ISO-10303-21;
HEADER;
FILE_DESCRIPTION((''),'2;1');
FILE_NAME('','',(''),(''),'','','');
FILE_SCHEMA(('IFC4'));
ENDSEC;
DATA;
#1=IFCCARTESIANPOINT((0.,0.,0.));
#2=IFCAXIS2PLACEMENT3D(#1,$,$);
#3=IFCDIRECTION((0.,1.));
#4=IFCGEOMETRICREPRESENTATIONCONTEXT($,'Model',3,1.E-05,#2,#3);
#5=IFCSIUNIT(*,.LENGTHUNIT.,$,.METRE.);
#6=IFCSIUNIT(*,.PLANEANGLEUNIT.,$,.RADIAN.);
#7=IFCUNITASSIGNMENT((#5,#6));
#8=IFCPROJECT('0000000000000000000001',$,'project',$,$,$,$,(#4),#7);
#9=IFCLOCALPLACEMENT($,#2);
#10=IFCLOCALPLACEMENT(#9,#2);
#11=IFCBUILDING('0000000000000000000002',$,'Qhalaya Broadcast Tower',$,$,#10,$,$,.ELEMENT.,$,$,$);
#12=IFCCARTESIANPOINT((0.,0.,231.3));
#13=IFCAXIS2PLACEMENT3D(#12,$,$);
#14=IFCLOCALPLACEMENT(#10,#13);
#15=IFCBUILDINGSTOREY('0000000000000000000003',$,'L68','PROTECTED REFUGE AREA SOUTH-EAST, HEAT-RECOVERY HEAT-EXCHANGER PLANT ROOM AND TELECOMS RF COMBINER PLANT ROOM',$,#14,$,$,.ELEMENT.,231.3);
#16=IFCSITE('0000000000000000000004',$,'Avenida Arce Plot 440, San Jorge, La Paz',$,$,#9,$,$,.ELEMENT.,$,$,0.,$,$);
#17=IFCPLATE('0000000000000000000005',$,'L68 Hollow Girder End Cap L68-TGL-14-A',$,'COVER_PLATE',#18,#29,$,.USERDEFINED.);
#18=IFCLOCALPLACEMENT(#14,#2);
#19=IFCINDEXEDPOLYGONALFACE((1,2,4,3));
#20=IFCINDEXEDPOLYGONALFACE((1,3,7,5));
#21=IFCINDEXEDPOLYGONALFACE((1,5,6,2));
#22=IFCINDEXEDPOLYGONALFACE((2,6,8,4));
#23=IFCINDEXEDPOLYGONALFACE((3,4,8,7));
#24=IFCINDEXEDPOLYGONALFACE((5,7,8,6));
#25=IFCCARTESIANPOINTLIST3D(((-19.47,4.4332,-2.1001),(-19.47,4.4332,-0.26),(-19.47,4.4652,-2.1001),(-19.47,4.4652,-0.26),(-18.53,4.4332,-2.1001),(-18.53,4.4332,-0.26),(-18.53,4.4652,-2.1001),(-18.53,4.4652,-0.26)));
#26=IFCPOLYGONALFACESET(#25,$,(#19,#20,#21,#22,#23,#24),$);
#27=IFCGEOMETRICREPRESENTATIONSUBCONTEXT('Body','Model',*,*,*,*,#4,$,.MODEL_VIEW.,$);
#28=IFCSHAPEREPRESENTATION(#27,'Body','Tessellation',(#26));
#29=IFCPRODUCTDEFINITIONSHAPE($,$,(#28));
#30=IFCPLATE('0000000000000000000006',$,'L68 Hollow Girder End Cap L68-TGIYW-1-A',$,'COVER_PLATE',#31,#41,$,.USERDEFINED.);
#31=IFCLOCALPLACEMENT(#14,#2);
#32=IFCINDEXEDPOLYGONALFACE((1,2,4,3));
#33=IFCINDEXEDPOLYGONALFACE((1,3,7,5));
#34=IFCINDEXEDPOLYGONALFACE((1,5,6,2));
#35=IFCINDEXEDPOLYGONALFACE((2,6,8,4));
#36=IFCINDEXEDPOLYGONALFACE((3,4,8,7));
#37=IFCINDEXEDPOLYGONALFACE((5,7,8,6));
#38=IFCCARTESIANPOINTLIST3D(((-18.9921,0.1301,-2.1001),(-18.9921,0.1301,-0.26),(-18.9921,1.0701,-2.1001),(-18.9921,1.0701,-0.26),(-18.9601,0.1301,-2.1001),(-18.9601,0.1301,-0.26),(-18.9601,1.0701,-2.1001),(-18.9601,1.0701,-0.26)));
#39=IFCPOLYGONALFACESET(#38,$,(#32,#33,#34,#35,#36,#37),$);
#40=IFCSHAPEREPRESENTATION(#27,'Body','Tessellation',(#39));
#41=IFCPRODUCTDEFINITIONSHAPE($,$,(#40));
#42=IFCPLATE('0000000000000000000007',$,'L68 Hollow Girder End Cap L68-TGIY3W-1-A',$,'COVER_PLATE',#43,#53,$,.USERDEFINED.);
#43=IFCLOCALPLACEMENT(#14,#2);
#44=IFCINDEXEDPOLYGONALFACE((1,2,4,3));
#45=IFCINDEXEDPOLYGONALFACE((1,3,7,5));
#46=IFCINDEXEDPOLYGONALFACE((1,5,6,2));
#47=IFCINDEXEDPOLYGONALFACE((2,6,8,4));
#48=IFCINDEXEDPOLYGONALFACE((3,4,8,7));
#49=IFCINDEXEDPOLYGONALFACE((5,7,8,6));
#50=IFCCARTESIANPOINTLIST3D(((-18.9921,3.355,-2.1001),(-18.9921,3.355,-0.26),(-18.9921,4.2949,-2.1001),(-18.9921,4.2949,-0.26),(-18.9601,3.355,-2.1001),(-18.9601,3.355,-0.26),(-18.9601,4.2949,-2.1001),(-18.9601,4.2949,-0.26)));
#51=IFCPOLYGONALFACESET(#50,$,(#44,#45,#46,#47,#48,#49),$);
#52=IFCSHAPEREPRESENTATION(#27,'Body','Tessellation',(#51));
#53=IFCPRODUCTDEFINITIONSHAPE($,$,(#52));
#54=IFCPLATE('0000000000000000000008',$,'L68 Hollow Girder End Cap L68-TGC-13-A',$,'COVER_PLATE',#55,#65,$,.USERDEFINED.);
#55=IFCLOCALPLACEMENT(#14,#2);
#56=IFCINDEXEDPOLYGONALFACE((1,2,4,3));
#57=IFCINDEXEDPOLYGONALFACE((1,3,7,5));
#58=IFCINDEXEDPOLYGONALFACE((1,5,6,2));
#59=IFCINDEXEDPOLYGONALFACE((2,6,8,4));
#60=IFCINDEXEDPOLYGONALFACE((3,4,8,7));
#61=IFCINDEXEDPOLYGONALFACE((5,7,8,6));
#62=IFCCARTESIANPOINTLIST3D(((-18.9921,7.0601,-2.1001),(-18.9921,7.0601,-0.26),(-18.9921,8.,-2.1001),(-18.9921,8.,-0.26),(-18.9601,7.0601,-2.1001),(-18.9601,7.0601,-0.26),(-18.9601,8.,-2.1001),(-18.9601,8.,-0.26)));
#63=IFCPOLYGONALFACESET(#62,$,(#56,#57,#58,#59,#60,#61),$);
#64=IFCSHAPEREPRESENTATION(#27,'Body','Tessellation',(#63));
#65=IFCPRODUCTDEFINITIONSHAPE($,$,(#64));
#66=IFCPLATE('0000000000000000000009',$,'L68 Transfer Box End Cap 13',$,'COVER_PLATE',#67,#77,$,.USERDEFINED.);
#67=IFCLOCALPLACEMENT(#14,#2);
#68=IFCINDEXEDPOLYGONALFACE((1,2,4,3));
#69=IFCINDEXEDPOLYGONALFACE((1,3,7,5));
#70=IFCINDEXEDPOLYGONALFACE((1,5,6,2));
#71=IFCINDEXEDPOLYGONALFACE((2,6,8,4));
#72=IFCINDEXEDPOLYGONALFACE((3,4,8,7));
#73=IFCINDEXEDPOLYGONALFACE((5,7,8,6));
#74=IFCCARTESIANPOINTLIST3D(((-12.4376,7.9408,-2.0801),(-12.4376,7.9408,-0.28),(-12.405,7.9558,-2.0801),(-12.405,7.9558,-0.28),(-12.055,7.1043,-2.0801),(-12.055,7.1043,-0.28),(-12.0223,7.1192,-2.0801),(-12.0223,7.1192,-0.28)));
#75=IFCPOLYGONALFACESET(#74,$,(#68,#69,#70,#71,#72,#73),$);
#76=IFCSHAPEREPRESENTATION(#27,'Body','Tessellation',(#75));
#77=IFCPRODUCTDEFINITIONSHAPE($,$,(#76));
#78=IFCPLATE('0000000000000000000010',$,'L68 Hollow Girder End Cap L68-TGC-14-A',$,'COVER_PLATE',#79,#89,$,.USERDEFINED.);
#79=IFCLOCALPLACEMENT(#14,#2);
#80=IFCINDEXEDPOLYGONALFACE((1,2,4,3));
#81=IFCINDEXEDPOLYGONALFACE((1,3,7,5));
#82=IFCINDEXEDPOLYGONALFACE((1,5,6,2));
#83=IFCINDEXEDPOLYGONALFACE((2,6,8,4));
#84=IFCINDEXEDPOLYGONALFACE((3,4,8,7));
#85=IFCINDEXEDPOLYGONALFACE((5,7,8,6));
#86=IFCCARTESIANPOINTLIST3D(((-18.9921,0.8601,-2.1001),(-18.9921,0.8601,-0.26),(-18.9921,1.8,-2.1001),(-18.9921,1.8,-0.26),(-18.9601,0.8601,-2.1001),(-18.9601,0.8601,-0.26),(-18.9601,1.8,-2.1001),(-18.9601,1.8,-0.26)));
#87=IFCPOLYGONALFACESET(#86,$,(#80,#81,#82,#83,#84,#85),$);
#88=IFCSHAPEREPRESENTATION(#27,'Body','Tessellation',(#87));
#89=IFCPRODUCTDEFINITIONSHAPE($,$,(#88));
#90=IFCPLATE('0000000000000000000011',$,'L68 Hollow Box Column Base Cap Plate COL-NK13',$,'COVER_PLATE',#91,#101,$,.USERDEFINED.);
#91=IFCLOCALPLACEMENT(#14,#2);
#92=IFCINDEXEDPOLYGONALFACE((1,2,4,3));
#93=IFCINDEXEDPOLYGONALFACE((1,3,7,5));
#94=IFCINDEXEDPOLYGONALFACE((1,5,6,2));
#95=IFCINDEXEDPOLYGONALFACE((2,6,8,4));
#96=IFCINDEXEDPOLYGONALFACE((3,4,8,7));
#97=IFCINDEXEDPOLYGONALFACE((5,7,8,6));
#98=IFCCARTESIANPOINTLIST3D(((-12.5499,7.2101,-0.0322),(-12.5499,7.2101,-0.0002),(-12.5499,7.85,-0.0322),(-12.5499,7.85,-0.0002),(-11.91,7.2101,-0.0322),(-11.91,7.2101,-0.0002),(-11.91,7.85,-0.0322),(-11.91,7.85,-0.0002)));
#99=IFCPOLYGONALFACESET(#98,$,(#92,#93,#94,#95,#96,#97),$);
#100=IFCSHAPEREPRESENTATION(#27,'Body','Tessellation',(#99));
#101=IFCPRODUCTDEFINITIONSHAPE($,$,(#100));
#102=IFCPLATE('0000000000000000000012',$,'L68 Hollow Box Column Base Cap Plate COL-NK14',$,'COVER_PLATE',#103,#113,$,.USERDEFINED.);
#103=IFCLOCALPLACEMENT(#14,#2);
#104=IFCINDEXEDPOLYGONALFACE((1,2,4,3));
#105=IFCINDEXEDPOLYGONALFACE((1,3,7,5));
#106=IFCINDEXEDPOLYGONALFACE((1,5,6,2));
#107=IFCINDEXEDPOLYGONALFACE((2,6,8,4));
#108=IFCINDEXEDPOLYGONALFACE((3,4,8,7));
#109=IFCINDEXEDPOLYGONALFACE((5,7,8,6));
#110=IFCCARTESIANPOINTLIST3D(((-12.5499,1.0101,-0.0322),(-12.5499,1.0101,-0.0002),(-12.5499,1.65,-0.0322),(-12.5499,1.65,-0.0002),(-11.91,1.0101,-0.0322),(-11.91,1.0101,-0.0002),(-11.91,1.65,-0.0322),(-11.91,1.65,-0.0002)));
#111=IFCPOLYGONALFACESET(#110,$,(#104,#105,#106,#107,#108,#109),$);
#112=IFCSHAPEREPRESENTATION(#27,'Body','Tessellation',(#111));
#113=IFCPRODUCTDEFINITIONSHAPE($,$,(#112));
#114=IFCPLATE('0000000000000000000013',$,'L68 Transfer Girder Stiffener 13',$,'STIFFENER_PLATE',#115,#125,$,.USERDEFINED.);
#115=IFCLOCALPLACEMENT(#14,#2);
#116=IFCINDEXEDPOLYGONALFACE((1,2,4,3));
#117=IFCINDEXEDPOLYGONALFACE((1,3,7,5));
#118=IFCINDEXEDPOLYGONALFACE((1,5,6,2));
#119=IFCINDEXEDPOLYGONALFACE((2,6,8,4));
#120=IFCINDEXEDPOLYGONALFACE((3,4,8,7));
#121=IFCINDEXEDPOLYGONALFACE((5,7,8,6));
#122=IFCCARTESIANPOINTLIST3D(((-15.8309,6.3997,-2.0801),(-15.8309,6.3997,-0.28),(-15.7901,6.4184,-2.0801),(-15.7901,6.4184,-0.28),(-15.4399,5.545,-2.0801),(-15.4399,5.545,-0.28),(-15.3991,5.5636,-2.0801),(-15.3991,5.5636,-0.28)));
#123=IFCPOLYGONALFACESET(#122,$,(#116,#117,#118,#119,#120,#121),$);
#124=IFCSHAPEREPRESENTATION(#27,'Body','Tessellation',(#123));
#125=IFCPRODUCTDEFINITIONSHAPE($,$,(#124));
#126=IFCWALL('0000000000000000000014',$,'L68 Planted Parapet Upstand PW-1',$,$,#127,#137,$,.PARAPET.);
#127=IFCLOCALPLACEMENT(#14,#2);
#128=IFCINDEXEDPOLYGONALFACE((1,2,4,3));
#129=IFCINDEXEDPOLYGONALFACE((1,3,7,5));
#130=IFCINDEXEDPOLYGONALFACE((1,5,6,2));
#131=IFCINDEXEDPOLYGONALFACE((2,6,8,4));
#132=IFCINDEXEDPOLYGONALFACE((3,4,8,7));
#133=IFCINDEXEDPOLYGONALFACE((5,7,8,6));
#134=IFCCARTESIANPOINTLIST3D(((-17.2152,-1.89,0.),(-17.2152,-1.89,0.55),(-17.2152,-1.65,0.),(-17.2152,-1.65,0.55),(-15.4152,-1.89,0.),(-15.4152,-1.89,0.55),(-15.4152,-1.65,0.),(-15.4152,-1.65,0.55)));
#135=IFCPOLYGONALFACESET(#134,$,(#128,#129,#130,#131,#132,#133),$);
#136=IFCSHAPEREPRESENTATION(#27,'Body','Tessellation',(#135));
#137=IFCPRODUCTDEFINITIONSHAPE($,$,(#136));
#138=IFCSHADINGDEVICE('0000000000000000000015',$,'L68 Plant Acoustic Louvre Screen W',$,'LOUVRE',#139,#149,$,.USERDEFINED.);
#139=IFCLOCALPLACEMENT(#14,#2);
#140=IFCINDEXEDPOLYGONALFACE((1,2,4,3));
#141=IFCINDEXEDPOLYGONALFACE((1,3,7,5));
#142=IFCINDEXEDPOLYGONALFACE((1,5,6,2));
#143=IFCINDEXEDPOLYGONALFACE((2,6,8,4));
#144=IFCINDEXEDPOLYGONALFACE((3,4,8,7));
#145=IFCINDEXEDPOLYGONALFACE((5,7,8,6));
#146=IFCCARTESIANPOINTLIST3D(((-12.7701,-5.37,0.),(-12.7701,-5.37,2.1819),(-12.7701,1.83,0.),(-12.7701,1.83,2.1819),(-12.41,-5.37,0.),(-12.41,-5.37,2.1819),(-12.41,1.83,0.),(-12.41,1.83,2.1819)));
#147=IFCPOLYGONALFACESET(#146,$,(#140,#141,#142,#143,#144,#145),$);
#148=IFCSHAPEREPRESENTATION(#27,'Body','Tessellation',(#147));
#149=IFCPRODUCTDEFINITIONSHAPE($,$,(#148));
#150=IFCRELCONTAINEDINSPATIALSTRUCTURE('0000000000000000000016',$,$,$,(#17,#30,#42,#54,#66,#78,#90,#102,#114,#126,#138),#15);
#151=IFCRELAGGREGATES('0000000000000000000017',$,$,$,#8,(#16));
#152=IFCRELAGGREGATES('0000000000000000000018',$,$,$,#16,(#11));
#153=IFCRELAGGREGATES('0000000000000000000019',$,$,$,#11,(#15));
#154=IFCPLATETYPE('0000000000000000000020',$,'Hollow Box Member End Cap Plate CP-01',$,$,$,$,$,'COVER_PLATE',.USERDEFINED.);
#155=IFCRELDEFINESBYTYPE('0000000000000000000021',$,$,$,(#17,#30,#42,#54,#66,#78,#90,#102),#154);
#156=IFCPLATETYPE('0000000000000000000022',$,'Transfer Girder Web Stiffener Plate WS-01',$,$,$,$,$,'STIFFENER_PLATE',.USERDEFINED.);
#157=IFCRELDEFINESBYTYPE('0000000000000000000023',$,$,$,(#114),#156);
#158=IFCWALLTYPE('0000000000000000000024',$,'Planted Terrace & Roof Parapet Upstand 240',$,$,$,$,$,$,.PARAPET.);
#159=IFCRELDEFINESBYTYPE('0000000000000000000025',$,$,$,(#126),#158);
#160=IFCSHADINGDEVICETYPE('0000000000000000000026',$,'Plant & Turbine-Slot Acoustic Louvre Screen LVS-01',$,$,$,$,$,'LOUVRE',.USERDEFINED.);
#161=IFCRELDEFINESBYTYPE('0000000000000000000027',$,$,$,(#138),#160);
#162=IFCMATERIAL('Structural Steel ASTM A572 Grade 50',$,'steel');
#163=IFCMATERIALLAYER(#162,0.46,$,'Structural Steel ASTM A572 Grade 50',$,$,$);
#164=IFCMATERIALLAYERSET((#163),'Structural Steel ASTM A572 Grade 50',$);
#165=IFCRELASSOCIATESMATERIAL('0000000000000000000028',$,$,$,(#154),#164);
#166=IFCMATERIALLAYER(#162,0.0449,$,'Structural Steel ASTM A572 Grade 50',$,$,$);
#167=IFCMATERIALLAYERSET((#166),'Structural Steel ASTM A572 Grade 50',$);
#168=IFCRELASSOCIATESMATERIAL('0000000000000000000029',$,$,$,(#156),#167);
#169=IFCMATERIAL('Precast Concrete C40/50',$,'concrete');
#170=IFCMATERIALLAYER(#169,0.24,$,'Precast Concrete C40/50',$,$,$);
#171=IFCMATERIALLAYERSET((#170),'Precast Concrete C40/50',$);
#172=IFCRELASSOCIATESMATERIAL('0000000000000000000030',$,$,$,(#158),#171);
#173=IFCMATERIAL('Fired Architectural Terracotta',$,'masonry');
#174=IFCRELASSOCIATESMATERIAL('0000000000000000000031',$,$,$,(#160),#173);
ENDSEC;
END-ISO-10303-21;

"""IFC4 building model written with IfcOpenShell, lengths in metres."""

from ifc_helpers import new_model, si_unit, direction, frame, frame_2d, origin, origin_2d, place, context, subcontext, project, spatial, rectangle, extrude, material, layer, layer_set, type_object, element, save


model = new_model("IFC4")

# Units and contexts
model_context = context("Model", 3, precision=1e-05, world=origin(), true_north=direction((0.0, 1.0)))
body_context = subcontext(model_context, "Body", "Model", "MODEL_VIEW")
ifc_project = project(units=[si_unit("LENGTHUNIT", "METRE"), si_unit("PLANEANGLEUNIT", "RADIAN")], contexts=[model_context])

# Site, building, storey
site_placement = place(None, origin())
site = spatial("IfcSite", under=ifc_project, at=site_placement, Name="Avenida Arce Plot 440, San Jorge, La Paz", CompositionType="ELEMENT", RefElevation=0.0)
building_placement = place(site_placement, origin())
building = spatial("IfcBuilding", under=site, at=building_placement, Name="Qhalaya Broadcast Tower", CompositionType="ELEMENT")
storey_placement = place(building_placement, frame((0.0, 0.0, 231.3)))
storey = spatial("IfcBuildingStorey", under=building, at=storey_placement, Name="L68", Description="PROTECTED REFUGE AREA SOUTH-EAST, HEAT-RECOVERY HEAT-EXCHANGER PLANT ROOM AND TELECOMS RF COMBINER PLANT ROOM", CompositionType="ELEMENT", Elevation=231.3)

# Shared definitions
ifc_material_1 = material(Name="Structural Steel ASTM A572 Grade 50", Category="steel")

# Plates
ifc_layer_1 = layer(ifc_material_1, 0.46, Name="Structural Steel ASTM A572 Grade 50")
ifc_layer_set_1 = layer_set([ifc_layer_1], Name="Structural Steel ASTM A572 Grade 50")
plate_type_1 = type_object("IfcPlateType", Name="Hollow Box Member End Cap Plate CP-01", ElementType="COVER_PLATE", PredefinedType="USERDEFINED", material=ifc_layer_set_1)
for number, where, z_axis, x_axis, name in (
    (1, (-19.0, 4.4492, -2.1001), (0.0, 0.0, 1.0), (1.0, 0.0, 0.0), "L68 Hollow Girder End Cap L68-TGL-14-A"),
    (2, (-18.9761, 0.6001, -2.1001), (0.0, 0.0, 1.0), (0.0, 1.0, 0.0), "L68 Hollow Girder End Cap L68-TGIYW-1-A"),
    (3, (-18.9761, 3.825, -2.1001), (0.0, 0.0, 1.0), (0.0, 1.0, 0.0), "L68 Hollow Girder End Cap L68-TGIY3W-1-A"),
    (4, (-18.9761, 7.53, -2.1001), (0.0, 0.0, 1.0), (0.0, 1.0, 0.0), "L68 Hollow Girder End Cap L68-TGC-13-A"),
):
    element("IfcPlate", number, at=place(storey_placement, frame(where, z_axis=z_axis, x_axis=x_axis)), inside=storey, type_object=plate_type_1, Name=name, ObjectType="COVER_PLATE", PredefinedType="USERDEFINED", context=body_context, shape_type="SweptSolid", body=[
        extrude(rectangle(XDim=0.9399, YDim=0.032, at=origin_2d()), origin(), (0.0, 0.0, 1.0), 1.8401),
    ])
plate_1_placement = place(storey_placement, frame((-12.23, 7.53, -2.0801), z_axis=(0.0, 0.0, 1.0), x_axis=(-0.415963, 0.909381, 0.0)))
element("IfcPlate", 5, at=plate_1_placement, inside=storey, type_object=plate_type_1, Name="L68 Transfer Box End Cap 13", ObjectType="COVER_PLATE", PredefinedType="USERDEFINED", context=body_context, shape_type="SweptSolid", body=[
    extrude(rectangle(XDim=0.9199, YDim=0.0359, at=origin_2d()), origin(), (0.0, 0.0, 1.0), 1.8),
])
plate_2_placement = place(storey_placement, frame((-18.9761, 1.3301, -2.1001), z_axis=(0.0, 0.0, 1.0), x_axis=(0.0, 1.0, 0.0)))
element("IfcPlate", 6, at=plate_2_placement, inside=storey, type_object=plate_type_1, Name="L68 Hollow Girder End Cap L68-TGC-14-A", ObjectType="COVER_PLATE", PredefinedType="USERDEFINED", context=body_context, shape_type="SweptSolid", body=[
    extrude(rectangle(XDim=0.9399, YDim=0.032, at=origin_2d()), origin(), (0.0, 0.0, 1.0), 1.8401),
])
for number, where, z_axis, x_axis, name in (
    (7, (-12.23, 7.53, -0.0322), (0.0, 0.0, 1.0), (0.0, 1.0, 0.0), "L68 Hollow Box Column Base Cap Plate COL-NK13"),
    (8, (-12.23, 1.3301, -0.0322), (0.0, 0.0, 1.0), (0.0, 1.0, 0.0), "L68 Hollow Box Column Base Cap Plate COL-NK14"),
):
    element("IfcPlate", number, at=place(storey_placement, frame(where, z_axis=z_axis, x_axis=x_axis)), inside=storey, type_object=plate_type_1, Name=name, ObjectType="COVER_PLATE", PredefinedType="USERDEFINED", context=body_context, shape_type="SweptSolid", body=[
        extrude(rectangle(XDim=0.6399, YDim=0.6399, at=origin_2d()), origin(), (0.0, 0.0, 1.0), 0.032),
    ])
ifc_layer_2 = layer(ifc_material_1, 0.0449, Name="Structural Steel ASTM A572 Grade 50")
ifc_layer_set_2 = layer_set([ifc_layer_2], Name="Structural Steel ASTM A572 Grade 50")
plate_type_2 = type_object("IfcPlateType", Name="Transfer Girder Web Stiffener Plate WS-01", ElementType="STIFFENER_PLATE", PredefinedType="USERDEFINED", material=ifc_layer_set_2)
plate_3_placement = place(storey_placement, frame((-15.615, 5.9817, -2.0801), z_axis=(0.0, 0.0, 1.0), x_axis=(-0.415963, 0.909381, 0.0)))
element("IfcPlate", 9, at=plate_3_placement, inside=storey, type_object=plate_type_2, Name="L68 Transfer Girder Stiffener 13", ObjectType="STIFFENER_PLATE", PredefinedType="USERDEFINED", context=body_context, shape_type="SweptSolid", body=[
    extrude(rectangle(XDim=0.9399, YDim=0.0449, at=origin_2d()), origin(), (0.0, 0.0, 1.0), 1.8),
])

# Wall
ifc_material_2 = material(Name="Precast Concrete C40/50", Category="concrete")
ifc_layer_3 = layer(ifc_material_2, 0.24, Name="Precast Concrete C40/50")
ifc_layer_set_3 = layer_set([ifc_layer_3], Name="Precast Concrete C40/50")
wall_type = type_object("IfcWallType", Name="Planted Terrace & Roof Parapet Upstand 240", PredefinedType="PARAPET", material=ifc_layer_set_3)
wall_placement = place(storey_placement, frame((-17.2151, -1.77, 0.0), z_axis=(0.0, 0.0, 1.0), x_axis=(1.0, 0.0, 0.0)))
element("IfcWall", 10, at=wall_placement, inside=storey, type_object=wall_type, Name="L68 Planted Parapet Upstand PW-1", PredefinedType="PARAPET", context=body_context, shape_type="SweptSolid", body=[
    extrude(rectangle(XDim=1.8, YDim=0.24, at=frame_2d((0.8999, 0.0))), origin(), (0.0, 0.0, 1.0), 0.55),
])

# Shading device
ifc_material_3 = material(Name="Fired Architectural Terracotta", Category="masonry")
shading_device_type = type_object("IfcShadingDeviceType", Name="Plant & Turbine-Slot Acoustic Louvre Screen LVS-01", ElementType="LOUVRE", PredefinedType="USERDEFINED", material=ifc_material_3)
shading_device_placement = place(storey_placement, frame((-12.5901, -1.77, 0.0), z_axis=(0.0, 0.0, 1.0), x_axis=(0.0, 1.0, 0.0)))
element("IfcShadingDevice", 11, at=shading_device_placement, inside=storey, type_object=shading_device_type, Name="L68 Plant Acoustic Louvre Screen W", ObjectType="LOUVRE", PredefinedType="USERDEFINED", context=body_context, shape_type="SweptSolid", body=[
    extrude(rectangle(XDim=7.2, YDim=0.3601, at=origin_2d()), origin(), (0.0, 0.0, 1.0), 2.1819),
])

save(model, "model.ifc")
